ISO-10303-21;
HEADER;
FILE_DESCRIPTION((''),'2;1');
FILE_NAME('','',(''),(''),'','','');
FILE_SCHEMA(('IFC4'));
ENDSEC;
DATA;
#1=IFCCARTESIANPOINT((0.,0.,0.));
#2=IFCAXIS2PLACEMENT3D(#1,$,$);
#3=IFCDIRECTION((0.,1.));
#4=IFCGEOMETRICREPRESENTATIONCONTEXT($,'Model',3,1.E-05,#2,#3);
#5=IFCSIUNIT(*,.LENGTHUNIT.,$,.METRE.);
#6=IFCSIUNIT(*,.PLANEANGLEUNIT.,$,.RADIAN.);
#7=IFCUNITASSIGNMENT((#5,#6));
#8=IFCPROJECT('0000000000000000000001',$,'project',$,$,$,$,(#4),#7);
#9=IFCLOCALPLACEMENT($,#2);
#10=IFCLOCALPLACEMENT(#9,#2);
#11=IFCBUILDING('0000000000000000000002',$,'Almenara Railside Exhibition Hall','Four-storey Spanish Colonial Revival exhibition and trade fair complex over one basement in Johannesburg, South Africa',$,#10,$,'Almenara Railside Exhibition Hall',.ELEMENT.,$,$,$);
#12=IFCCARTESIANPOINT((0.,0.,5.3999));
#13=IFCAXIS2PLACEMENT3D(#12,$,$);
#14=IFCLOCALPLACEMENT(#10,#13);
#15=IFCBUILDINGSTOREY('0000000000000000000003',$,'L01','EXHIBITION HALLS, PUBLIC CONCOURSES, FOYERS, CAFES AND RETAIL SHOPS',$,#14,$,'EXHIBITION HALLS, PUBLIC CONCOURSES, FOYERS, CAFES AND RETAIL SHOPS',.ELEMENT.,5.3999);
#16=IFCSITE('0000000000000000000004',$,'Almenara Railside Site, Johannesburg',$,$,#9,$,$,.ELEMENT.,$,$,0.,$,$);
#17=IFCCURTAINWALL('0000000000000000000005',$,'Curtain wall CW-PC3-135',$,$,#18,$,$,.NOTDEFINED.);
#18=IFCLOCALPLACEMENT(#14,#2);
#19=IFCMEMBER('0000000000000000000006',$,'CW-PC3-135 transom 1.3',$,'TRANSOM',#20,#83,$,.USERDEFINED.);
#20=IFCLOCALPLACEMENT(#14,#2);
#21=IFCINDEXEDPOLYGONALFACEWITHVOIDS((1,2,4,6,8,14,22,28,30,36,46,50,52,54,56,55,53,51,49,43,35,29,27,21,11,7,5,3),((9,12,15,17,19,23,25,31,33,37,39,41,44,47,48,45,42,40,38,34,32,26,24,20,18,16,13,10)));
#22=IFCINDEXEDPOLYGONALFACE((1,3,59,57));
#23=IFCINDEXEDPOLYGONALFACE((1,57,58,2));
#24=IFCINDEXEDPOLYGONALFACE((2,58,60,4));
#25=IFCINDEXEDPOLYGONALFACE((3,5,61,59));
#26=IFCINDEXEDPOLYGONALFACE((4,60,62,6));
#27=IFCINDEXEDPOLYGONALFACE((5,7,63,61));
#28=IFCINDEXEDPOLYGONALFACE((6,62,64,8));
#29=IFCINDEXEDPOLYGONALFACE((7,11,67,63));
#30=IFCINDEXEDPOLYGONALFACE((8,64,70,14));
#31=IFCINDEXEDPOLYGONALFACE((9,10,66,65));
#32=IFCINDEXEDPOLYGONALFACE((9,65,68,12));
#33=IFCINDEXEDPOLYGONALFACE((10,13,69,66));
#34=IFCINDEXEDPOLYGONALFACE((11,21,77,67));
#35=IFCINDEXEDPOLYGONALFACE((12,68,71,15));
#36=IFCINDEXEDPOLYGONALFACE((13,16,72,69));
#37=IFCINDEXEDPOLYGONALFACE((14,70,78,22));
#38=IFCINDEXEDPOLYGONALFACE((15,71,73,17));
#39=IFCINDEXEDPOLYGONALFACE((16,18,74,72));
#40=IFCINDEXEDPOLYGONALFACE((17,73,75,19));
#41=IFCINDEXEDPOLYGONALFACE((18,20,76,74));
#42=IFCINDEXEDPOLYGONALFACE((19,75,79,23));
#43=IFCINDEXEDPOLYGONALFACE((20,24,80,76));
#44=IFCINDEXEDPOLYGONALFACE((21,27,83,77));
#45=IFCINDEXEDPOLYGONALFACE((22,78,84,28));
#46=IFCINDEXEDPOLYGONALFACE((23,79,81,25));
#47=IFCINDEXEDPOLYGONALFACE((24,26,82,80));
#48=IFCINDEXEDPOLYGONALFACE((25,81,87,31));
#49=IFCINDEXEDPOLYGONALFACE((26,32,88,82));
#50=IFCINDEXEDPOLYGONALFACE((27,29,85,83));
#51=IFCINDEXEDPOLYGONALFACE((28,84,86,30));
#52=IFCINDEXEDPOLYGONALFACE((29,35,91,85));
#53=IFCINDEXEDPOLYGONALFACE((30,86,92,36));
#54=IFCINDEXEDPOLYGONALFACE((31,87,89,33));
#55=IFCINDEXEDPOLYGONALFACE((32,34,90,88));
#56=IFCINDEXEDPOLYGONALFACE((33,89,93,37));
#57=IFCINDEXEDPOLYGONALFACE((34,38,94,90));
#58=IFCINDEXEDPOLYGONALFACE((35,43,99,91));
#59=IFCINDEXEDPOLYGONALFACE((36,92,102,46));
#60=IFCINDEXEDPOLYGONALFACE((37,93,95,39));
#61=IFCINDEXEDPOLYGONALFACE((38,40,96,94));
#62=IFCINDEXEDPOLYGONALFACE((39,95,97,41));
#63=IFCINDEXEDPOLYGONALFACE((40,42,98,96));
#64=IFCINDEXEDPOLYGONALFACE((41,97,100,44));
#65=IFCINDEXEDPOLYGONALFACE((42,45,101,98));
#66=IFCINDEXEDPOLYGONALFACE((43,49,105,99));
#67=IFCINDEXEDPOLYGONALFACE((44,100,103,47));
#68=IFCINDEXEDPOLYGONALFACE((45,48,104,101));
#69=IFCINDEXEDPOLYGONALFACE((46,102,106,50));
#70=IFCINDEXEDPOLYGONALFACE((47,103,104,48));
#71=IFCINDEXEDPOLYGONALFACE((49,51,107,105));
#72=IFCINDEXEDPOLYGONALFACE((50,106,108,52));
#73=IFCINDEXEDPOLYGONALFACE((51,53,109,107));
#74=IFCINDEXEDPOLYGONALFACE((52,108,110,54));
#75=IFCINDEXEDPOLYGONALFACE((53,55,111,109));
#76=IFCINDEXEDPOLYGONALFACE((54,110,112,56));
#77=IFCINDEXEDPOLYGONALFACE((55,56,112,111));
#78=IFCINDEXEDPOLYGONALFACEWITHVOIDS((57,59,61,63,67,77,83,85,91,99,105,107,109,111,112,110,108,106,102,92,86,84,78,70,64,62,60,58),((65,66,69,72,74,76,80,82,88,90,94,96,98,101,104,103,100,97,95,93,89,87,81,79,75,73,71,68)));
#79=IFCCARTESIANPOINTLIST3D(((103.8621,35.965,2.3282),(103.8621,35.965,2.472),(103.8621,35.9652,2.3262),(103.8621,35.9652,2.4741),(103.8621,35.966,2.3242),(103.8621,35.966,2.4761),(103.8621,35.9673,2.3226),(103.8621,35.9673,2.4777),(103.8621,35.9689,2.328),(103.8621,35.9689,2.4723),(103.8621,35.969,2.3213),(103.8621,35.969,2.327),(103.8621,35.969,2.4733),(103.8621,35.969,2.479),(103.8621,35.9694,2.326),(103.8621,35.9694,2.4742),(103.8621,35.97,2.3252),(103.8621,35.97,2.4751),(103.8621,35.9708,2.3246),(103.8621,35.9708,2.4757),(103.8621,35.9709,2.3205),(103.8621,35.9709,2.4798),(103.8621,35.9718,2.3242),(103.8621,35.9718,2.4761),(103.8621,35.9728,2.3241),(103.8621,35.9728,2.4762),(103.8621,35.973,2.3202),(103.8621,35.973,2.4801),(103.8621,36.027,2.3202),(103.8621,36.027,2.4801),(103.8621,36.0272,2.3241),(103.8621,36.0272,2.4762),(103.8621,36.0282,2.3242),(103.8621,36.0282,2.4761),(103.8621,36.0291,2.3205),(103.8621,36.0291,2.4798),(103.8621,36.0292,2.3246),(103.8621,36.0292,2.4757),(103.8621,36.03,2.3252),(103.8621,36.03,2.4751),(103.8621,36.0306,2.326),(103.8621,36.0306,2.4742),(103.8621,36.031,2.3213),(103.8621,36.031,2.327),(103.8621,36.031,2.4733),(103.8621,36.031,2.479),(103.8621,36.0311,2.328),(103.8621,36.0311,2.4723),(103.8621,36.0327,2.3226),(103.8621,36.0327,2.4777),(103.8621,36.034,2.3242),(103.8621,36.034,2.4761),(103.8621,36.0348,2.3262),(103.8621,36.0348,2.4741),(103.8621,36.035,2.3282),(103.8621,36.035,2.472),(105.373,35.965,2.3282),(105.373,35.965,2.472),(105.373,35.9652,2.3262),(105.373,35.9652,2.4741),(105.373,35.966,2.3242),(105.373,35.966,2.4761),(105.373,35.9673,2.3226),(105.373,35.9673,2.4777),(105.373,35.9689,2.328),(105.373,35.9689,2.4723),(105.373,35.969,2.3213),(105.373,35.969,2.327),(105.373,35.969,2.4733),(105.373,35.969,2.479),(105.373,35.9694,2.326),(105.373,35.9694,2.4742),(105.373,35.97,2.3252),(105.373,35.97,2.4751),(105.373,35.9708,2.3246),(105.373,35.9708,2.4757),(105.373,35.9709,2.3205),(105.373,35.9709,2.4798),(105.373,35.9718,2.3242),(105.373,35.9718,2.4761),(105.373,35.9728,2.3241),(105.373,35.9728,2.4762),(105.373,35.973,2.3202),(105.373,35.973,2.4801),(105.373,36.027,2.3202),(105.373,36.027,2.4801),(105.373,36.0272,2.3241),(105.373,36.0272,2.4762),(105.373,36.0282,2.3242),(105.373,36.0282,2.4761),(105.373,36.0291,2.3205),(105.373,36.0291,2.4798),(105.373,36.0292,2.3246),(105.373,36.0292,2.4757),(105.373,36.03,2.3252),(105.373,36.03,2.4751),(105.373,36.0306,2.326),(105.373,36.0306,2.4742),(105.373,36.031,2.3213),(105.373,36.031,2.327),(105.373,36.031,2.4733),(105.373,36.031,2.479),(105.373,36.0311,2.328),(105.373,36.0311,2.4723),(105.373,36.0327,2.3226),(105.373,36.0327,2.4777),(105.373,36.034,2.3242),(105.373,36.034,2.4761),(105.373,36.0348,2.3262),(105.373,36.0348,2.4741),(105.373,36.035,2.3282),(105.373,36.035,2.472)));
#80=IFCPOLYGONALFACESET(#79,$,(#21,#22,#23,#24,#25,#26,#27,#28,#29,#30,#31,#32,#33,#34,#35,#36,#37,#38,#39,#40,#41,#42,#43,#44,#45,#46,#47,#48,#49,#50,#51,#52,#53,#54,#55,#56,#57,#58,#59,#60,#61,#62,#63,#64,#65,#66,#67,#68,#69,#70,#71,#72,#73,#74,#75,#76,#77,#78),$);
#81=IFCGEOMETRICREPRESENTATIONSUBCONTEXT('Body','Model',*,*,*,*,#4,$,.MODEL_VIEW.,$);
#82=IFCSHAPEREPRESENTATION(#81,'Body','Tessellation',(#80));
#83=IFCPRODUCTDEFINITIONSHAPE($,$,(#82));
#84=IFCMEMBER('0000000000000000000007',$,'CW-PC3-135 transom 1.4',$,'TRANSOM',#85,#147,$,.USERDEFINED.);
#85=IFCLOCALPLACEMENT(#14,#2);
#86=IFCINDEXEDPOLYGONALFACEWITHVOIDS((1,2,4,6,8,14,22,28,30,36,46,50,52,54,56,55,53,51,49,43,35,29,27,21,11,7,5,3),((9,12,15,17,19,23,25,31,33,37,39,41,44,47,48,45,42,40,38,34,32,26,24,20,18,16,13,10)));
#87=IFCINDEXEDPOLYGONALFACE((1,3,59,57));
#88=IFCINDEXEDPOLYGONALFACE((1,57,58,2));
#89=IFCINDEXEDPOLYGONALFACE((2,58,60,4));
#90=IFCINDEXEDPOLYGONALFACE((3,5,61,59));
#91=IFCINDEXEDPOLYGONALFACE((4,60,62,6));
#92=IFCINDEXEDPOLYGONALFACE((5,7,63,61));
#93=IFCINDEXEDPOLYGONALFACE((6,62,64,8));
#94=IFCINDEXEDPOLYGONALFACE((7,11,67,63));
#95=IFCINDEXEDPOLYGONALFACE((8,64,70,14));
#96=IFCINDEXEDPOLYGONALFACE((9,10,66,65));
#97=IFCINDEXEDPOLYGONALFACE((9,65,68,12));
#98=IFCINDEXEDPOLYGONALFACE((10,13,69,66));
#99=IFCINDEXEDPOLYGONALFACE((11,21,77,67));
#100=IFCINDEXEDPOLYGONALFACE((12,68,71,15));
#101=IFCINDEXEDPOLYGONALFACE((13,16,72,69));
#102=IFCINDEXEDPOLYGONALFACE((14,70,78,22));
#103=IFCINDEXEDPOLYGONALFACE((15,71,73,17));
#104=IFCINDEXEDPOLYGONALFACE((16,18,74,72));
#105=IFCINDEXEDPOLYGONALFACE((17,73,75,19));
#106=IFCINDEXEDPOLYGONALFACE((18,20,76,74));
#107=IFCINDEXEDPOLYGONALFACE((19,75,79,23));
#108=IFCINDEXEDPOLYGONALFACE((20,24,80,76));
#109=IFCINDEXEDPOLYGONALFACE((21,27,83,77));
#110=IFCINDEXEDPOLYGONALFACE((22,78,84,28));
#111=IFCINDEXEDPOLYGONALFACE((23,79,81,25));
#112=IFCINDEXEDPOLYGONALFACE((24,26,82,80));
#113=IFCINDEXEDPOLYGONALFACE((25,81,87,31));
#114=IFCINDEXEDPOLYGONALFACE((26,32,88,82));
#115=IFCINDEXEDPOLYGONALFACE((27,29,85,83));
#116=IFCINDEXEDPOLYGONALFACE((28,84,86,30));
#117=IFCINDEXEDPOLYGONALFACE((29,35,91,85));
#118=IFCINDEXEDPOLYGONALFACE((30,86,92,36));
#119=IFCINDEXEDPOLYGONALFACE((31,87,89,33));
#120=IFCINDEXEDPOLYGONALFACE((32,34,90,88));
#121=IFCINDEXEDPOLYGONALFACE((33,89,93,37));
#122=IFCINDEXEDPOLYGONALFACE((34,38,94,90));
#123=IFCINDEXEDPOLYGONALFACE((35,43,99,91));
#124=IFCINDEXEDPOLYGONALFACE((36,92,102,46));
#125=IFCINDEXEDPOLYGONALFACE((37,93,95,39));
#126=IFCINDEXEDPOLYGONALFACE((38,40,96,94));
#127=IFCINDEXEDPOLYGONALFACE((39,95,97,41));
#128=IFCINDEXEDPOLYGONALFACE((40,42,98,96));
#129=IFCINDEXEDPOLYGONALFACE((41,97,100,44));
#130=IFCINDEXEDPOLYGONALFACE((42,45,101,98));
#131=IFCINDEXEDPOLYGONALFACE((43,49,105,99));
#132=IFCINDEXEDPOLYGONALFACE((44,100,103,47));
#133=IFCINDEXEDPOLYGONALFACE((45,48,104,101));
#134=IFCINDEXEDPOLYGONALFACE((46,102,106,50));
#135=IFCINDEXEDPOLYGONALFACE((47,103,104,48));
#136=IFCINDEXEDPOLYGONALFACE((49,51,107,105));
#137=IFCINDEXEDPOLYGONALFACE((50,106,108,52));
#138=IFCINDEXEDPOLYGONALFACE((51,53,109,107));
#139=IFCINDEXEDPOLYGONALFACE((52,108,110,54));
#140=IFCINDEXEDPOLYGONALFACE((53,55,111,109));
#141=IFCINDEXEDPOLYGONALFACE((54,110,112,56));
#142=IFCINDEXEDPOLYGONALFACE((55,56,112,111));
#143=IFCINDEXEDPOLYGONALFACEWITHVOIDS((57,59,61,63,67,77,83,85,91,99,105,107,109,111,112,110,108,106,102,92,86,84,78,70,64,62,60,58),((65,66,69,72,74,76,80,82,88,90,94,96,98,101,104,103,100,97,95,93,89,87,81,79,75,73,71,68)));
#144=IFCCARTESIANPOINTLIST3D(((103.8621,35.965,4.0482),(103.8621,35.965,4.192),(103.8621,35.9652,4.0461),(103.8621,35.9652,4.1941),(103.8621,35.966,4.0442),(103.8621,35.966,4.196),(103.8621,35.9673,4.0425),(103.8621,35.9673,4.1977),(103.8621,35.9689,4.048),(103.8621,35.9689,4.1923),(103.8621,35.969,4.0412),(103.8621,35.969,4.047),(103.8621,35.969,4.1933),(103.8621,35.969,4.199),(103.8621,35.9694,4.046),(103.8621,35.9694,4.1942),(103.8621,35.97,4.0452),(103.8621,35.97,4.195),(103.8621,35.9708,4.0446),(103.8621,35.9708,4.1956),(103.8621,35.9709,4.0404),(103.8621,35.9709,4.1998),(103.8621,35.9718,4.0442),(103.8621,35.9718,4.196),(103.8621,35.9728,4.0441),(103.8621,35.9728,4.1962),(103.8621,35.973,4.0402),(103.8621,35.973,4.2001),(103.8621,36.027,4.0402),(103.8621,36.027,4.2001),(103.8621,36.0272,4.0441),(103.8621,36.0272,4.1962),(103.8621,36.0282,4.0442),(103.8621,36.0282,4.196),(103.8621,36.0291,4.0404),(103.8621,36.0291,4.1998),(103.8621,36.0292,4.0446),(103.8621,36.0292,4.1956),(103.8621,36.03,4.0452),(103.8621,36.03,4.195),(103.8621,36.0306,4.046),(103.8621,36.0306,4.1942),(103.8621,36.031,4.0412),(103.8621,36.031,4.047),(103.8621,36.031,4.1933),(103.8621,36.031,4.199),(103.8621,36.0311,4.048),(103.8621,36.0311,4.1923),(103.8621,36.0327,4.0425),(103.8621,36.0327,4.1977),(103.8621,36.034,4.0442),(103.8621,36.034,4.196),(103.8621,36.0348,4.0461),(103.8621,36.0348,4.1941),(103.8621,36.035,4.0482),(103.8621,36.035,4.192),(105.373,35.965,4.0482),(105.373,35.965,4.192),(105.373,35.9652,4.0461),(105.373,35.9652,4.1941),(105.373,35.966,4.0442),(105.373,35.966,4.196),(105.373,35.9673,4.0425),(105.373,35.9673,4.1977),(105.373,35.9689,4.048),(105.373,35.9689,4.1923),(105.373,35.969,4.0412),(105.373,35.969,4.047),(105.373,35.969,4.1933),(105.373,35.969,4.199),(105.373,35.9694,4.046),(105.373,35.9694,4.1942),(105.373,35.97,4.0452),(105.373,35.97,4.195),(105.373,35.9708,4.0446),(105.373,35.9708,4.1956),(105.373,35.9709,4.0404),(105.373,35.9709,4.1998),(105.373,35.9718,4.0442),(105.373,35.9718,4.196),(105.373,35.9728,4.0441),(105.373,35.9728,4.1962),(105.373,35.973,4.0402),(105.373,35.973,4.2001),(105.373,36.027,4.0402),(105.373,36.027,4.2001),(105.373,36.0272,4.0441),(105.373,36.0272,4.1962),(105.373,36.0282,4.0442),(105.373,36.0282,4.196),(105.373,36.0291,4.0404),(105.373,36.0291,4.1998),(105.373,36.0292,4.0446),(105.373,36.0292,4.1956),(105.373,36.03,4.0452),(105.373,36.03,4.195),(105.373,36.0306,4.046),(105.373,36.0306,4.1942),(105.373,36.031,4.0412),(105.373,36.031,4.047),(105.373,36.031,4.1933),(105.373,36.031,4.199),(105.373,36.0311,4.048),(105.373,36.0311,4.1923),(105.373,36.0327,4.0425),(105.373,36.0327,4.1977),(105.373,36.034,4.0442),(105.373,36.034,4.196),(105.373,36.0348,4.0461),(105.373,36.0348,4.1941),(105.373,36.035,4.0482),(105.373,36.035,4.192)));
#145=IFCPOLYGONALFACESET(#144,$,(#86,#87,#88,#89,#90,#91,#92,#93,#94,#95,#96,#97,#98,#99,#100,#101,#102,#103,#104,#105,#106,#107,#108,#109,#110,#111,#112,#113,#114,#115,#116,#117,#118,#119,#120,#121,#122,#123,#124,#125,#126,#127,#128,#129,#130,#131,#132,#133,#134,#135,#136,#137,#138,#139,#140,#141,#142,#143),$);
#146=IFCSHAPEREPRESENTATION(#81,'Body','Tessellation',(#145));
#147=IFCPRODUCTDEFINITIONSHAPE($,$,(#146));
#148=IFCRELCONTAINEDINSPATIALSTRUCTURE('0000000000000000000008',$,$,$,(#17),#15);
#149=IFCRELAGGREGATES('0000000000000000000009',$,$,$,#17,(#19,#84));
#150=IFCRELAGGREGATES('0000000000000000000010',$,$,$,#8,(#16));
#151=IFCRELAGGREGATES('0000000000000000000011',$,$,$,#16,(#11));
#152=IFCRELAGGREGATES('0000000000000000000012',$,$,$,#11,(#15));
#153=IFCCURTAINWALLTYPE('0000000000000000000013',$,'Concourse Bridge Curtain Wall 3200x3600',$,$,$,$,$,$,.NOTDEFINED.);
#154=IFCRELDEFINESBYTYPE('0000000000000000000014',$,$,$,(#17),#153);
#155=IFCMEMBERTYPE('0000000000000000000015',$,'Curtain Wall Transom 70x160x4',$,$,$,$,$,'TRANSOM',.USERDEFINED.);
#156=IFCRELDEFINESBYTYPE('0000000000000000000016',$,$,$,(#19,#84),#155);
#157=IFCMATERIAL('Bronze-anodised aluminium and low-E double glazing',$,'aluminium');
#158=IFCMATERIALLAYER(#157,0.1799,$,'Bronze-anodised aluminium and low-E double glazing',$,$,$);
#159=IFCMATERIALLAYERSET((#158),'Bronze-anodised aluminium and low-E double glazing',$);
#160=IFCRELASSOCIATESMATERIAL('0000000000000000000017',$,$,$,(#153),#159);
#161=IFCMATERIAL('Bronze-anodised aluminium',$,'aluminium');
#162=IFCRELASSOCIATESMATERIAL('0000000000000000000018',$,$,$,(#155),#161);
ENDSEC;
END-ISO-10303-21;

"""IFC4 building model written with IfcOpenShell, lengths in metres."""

from ifc_helpers import new_model, si_unit, direction, frame, origin, origin_2d, place, context, subcontext, project, spatial, hollow_rectangle, extrude, material, layer, layer_set, material_profile, profile_set, type_object, element, aggregate, save


model = new_model("IFC4")

# Units and contexts
model_context = context("Model", 3, precision=1e-05, world=origin(), true_north=direction((0.0, 1.0)))
body_context = subcontext(model_context, "Body", "Model", "MODEL_VIEW")
ifc_project = project(units=[si_unit("LENGTHUNIT", "METRE"), si_unit("PLANEANGLEUNIT", "RADIAN")], contexts=[model_context])

# Site, building, storey
site_placement = place(None, origin())
site = spatial("IfcSite", under=ifc_project, at=site_placement, Name="Almenara Railside Site, Johannesburg", CompositionType="ELEMENT", RefElevation=0.0)
building_placement = place(site_placement, origin())
building = spatial("IfcBuilding", under=site, at=building_placement, Name="Almenara Railside Exhibition Hall", Description="Four-storey Spanish Colonial Revival exhibition and trade fair complex over one basement in Johannesburg, South Africa", LongName="Almenara Railside Exhibition Hall", CompositionType="ELEMENT")
storey_placement = place(building_placement, frame((0.0, 0.0, 5.3999)))
storey = spatial("IfcBuildingStorey", under=building, at=storey_placement, Name="L01", Description="EXHIBITION HALLS, PUBLIC CONCOURSES, FOYERS, CAFES AND RETAIL SHOPS", LongName="EXHIBITION HALLS, PUBLIC CONCOURSES, FOYERS, CAFES AND RETAIL SHOPS", CompositionType="ELEMENT", Elevation=5.3999)

# Shared definitions
ifc_material_1 = material(Name="Bronze-anodised aluminium and low-E double glazing", Category="aluminium")
ifc_layer_1 = layer(ifc_material_1, 0.1799, Name="Bronze-anodised aluminium and low-E double glazing")
ifc_layer_set_1 = layer_set([ifc_layer_1], Name="Bronze-anodised aluminium and low-E double glazing")
curtain_wall_type = type_object("IfcCurtainWallType", Name="Concourse Bridge Curtain Wall 3200x3600", PredefinedType="NOTDEFINED", material=ifc_layer_set_1)
ifc_material_2 = material(Name="Bronze-anodised aluminium", Category="aluminium")

# Curtain wall, members
curtain_wall_1_placement = place(storey_placement, origin())
curtain_wall_1 = element("IfcCurtainWall", 1, at=curtain_wall_1_placement, inside=storey, type_object=curtain_wall_type, Name="Curtain wall CW-PC3-135", PredefinedType="NOTDEFINED")
ifc_material_profile_1 = material_profile(ifc_material_2, hollow_rectangle(XDim=0.0701, YDim=0.1599, WallThickness=0.0039, InnerFilletRadius=0.0039, OuterFilletRadius=0.0081, at=origin_2d()), Name="ALU-TRN 70x160x4")
ifc_profile_set_1 = profile_set([ifc_material_profile_1], Name="Bronze-anodised aluminium")
member_type_1 = type_object("IfcMemberType", Name="Curtain Wall Transom 70x160x4", ElementType="TRANSOM", PredefinedType="USERDEFINED", material=ifc_profile_set_1)
member_1_placement = place(storey_placement, frame((103.8621, 36.0, 2.4001), z_axis=(1.0, 0.0, 0.0), x_axis=(0.0, 1.0, 0.0)))
member_1 = element("IfcMember", 2, at=member_1_placement, type_object=member_type_1, Name="CW-PC3-135 transom 1.3", ObjectType="TRANSOM", PredefinedType="USERDEFINED", context=body_context, shape_type="SweptSolid", body=[
    extrude(hollow_rectangle(XDim=0.0701, YDim=0.1599, WallThickness=0.0039, InnerFilletRadius=0.0039, OuterFilletRadius=0.0081, at=origin_2d()), origin(), (0.0, 0.0, 1.0), 1.511),
])
member_2_placement = place(storey_placement, frame((103.8621, 36.0, 4.1201), z_axis=(1.0, 0.0, 0.0), x_axis=(0.0, 1.0, 0.0)))
member_2 = element("IfcMember", 3, at=member_2_placement, type_object=member_type_1, Name="CW-PC3-135 transom 1.4", ObjectType="TRANSOM", PredefinedType="USERDEFINED", context=body_context, shape_type="SweptSolid", body=[
    extrude(hollow_rectangle(XDim=0.0701, YDim=0.1599, WallThickness=0.0039, InnerFilletRadius=0.0039, OuterFilletRadius=0.0081, at=origin_2d()), origin(), (0.0, 0.0, 1.0), 1.511),
])

aggregate(curtain_wall_1, [member_1, member_2])

save(model, "model.ifc")
